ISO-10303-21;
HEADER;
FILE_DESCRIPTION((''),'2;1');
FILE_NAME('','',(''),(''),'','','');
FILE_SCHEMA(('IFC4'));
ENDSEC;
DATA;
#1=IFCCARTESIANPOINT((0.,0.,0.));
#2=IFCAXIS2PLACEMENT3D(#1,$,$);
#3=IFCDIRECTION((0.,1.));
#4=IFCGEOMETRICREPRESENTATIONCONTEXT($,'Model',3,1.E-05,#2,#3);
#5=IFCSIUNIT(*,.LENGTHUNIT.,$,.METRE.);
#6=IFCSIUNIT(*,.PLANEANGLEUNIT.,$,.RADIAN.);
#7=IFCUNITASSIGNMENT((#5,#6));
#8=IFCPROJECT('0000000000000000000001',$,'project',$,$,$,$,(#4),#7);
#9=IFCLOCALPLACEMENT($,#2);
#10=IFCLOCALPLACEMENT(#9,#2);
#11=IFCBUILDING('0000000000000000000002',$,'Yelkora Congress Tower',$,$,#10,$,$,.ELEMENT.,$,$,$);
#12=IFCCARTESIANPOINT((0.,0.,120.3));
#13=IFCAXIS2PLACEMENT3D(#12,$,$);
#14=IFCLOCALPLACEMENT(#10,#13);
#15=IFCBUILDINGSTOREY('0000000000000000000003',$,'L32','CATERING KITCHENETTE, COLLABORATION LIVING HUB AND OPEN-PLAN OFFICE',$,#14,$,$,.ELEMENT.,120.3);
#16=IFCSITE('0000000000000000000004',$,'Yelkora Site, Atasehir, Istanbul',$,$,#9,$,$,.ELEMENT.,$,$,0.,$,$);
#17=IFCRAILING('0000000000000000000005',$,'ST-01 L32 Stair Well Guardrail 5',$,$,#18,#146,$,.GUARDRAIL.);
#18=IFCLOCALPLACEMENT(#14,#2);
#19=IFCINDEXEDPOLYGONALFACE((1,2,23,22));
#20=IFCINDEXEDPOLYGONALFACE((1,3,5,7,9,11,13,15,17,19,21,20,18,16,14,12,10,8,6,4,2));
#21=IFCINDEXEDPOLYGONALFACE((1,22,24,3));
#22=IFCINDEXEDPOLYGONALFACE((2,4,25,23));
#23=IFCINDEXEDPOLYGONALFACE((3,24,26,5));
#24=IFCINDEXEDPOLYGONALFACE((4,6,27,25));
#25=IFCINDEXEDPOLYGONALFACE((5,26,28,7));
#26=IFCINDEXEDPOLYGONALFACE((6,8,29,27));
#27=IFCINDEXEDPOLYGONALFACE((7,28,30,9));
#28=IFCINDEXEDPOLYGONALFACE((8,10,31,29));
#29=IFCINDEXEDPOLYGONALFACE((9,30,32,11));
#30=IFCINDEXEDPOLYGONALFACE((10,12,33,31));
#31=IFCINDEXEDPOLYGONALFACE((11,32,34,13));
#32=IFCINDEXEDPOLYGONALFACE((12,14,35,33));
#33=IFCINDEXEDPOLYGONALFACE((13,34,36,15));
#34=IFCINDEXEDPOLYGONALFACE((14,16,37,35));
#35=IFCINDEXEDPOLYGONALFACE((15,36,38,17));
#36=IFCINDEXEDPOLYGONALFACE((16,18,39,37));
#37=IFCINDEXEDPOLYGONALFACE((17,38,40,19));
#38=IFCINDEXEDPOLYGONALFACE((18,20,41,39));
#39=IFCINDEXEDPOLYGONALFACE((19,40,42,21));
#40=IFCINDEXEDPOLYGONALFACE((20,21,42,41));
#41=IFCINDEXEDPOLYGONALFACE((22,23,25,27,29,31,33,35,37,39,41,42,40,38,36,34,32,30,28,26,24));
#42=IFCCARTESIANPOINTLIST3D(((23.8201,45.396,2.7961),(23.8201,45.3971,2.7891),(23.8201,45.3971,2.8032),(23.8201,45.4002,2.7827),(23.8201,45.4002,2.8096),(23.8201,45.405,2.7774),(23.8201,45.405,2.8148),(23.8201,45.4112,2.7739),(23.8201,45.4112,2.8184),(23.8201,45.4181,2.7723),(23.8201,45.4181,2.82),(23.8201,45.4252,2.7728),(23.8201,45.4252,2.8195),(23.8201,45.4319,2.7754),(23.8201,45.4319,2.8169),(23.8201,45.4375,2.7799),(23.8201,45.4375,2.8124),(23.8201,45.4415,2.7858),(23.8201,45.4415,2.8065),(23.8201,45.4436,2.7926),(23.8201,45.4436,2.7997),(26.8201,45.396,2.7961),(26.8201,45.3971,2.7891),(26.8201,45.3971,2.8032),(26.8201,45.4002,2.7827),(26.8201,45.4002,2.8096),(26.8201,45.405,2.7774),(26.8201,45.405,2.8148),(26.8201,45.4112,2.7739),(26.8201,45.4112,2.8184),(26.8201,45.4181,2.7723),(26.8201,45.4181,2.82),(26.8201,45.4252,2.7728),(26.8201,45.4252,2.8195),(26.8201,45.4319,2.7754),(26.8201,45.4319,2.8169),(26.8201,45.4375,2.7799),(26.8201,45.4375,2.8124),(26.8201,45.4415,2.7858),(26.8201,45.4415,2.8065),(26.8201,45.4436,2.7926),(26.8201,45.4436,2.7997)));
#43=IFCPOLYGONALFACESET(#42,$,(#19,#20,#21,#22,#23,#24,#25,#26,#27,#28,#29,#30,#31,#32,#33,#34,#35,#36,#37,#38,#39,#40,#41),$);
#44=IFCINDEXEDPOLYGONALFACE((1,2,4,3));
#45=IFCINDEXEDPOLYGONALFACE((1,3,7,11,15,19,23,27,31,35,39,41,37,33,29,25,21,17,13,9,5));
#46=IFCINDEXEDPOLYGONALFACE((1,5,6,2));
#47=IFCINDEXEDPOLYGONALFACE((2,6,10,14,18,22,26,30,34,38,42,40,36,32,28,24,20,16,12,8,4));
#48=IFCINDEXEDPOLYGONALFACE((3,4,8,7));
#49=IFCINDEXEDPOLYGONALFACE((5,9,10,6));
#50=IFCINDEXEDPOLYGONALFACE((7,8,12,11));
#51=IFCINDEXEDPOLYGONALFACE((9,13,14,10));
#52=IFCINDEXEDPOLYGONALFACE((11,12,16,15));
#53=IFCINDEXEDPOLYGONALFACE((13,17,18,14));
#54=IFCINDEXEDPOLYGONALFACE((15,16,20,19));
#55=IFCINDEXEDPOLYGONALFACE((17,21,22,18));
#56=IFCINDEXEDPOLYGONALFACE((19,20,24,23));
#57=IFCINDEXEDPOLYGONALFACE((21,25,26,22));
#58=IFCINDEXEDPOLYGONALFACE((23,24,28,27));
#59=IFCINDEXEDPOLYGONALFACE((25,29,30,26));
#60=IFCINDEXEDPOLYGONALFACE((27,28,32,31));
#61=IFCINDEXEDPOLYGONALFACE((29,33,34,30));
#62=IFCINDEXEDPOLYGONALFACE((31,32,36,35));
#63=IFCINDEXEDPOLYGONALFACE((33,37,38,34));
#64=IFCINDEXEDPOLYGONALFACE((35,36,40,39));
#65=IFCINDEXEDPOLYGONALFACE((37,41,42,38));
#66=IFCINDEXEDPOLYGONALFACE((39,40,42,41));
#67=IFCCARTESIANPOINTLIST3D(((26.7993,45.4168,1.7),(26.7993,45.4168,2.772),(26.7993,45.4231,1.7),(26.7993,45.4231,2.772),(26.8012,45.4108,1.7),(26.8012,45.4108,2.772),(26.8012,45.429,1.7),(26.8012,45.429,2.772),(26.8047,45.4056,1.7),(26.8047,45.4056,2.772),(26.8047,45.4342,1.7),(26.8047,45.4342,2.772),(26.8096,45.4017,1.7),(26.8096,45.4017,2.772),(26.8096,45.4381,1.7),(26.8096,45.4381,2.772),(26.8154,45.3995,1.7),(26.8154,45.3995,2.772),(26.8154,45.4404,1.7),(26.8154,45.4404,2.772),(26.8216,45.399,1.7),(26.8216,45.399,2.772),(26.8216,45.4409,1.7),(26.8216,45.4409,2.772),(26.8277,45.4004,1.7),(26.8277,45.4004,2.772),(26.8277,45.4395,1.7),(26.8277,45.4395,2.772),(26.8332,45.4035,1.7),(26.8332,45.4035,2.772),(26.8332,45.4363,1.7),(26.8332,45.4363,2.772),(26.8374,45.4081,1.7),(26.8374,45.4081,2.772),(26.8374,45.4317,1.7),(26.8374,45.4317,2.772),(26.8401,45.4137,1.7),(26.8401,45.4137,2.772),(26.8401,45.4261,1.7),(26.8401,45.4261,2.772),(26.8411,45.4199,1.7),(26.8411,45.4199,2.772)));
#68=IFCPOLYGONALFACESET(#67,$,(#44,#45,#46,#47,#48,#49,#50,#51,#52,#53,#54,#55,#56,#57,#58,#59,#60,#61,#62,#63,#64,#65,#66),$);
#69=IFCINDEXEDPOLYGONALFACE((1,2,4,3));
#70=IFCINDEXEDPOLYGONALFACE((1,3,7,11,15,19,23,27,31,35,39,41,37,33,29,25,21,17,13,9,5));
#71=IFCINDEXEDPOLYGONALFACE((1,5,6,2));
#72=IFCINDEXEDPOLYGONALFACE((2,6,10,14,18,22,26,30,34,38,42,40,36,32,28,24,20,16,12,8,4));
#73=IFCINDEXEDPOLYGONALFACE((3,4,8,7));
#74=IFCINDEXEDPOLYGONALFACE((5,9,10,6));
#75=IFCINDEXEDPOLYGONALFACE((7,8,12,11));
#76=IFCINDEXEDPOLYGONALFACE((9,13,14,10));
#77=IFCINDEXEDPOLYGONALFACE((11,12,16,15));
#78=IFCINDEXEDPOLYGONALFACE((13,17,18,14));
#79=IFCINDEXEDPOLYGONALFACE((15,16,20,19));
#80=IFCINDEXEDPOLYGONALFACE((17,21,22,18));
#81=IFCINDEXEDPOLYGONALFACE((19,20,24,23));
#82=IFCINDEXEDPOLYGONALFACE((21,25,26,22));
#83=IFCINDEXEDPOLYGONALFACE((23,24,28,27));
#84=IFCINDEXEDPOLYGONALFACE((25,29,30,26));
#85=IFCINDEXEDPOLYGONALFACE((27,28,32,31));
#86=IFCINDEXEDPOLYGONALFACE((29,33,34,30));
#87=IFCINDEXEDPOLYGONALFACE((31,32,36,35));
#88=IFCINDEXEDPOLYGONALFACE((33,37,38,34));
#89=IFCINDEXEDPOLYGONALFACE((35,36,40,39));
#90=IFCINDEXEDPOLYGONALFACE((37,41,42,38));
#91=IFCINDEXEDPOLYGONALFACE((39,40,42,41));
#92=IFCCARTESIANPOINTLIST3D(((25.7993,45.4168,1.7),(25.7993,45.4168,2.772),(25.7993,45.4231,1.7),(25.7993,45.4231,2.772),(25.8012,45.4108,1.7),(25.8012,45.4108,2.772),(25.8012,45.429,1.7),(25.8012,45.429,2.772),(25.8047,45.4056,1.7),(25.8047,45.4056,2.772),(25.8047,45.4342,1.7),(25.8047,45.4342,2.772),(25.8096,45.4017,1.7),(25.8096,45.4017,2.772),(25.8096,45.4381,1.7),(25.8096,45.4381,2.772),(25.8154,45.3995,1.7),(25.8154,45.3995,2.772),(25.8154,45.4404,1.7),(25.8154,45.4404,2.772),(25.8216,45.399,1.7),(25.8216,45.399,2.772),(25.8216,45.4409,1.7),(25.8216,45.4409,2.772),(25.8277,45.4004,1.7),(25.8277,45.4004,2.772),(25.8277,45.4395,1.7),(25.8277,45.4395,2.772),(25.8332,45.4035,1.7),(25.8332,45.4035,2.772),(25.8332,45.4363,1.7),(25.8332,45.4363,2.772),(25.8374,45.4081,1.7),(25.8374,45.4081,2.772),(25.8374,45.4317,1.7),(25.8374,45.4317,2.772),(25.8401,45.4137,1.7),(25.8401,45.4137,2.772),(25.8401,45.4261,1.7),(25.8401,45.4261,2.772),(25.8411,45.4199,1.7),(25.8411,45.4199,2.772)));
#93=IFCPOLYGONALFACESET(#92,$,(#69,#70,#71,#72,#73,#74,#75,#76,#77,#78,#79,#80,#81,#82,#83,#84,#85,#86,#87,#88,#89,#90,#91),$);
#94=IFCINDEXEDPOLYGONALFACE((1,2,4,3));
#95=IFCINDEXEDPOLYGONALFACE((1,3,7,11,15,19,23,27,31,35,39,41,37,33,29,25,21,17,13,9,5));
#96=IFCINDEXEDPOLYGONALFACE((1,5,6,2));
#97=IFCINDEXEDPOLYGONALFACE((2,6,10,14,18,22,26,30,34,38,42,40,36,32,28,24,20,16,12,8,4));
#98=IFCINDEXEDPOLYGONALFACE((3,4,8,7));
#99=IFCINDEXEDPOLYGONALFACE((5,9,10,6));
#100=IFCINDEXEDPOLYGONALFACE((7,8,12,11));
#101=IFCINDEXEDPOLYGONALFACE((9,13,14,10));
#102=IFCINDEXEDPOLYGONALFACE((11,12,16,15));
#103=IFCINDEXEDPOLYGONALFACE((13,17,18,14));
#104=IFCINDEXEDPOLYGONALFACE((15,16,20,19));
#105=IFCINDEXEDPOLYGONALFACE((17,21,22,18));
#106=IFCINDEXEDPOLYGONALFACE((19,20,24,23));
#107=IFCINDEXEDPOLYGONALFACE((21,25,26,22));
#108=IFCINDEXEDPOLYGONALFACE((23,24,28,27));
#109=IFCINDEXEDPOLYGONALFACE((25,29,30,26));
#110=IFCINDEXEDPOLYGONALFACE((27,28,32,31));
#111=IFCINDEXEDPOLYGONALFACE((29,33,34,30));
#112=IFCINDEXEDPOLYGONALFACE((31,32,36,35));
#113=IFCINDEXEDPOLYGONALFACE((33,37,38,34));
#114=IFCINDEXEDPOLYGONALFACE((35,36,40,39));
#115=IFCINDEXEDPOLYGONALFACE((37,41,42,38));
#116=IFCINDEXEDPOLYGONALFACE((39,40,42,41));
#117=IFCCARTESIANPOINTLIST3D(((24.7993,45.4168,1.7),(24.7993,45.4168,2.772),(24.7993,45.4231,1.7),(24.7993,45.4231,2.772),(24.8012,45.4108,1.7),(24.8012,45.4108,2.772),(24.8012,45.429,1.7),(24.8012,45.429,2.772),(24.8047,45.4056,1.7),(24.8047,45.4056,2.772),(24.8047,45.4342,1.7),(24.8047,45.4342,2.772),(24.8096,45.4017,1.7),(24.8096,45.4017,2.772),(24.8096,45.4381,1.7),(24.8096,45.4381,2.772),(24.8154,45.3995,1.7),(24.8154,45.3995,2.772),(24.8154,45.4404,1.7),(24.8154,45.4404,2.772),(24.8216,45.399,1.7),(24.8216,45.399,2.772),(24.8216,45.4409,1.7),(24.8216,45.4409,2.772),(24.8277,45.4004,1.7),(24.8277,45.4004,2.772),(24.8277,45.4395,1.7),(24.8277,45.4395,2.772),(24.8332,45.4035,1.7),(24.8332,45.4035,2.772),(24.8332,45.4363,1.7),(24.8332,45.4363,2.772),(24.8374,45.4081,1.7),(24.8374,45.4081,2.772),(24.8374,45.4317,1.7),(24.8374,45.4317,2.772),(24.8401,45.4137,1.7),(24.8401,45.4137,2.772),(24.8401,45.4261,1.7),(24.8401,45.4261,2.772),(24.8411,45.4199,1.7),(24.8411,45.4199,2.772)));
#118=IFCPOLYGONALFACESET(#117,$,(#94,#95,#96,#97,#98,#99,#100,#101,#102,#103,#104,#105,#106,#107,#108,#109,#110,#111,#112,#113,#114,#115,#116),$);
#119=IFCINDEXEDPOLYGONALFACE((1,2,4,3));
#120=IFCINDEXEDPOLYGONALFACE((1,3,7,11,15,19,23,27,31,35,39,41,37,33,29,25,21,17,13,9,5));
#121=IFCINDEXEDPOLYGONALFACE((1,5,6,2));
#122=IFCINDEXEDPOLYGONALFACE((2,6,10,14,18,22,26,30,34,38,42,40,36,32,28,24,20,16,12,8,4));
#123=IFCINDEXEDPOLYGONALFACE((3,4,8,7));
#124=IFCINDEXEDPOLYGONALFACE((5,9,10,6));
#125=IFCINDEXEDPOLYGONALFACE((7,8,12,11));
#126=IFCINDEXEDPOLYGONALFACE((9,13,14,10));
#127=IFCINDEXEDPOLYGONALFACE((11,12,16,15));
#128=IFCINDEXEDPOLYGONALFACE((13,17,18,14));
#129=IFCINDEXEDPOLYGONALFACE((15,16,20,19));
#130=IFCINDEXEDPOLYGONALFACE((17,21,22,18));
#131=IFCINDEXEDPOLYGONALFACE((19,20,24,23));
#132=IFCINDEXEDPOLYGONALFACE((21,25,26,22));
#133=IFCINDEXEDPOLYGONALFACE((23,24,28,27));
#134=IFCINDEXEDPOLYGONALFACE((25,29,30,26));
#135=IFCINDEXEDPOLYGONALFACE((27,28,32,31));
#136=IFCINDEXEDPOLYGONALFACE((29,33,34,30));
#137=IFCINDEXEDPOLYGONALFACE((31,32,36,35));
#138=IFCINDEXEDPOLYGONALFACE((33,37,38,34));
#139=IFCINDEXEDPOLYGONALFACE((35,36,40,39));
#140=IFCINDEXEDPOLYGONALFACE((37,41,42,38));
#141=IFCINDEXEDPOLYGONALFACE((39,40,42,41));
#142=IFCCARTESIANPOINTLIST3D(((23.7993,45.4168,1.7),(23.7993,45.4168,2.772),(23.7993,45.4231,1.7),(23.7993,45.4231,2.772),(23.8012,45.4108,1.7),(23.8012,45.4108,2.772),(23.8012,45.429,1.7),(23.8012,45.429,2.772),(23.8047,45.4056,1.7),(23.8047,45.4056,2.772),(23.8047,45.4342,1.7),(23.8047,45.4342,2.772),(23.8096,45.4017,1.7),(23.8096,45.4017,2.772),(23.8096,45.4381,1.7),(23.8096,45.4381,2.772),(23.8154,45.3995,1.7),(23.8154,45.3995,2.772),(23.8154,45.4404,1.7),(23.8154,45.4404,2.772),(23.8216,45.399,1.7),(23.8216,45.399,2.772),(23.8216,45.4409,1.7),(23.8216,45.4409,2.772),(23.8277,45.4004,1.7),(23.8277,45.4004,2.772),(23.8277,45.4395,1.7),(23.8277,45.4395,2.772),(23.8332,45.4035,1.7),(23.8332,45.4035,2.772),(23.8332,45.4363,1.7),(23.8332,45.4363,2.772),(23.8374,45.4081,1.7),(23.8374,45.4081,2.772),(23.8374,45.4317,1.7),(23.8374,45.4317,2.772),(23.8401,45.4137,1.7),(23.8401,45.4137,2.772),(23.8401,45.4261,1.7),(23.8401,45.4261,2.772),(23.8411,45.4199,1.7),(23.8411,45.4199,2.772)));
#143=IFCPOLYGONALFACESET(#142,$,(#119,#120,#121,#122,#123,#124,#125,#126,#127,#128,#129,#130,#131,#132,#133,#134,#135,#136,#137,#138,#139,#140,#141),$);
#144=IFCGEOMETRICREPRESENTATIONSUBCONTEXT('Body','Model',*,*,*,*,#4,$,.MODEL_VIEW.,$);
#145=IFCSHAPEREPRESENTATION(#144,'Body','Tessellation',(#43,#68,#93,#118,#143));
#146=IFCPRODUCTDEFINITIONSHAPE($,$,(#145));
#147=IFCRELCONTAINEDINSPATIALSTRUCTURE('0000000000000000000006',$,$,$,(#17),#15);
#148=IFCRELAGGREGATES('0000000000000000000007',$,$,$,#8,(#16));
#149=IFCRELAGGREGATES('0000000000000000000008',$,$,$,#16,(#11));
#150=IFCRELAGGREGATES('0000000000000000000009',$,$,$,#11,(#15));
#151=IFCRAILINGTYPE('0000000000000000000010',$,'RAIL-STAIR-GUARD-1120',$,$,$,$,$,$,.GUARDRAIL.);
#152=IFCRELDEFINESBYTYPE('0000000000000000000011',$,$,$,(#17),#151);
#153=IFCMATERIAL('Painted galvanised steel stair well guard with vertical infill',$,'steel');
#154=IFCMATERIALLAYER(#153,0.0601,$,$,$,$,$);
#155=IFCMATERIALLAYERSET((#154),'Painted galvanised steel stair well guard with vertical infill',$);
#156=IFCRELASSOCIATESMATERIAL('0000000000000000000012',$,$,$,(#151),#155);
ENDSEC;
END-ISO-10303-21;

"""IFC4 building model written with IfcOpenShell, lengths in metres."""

from ifc_helpers import new_model, si_unit, direction, frame, origin, origin_2d, place, context, subcontext, project, spatial, circle, extrude, material, layer, layer_set, type_object, element, save


model = new_model("IFC4")

# Units and contexts
model_context = context("Model", 3, precision=1e-05, world=origin(), true_north=direction((0.0, 1.0)))
body_context = subcontext(model_context, "Body", "Model", "MODEL_VIEW")
ifc_project = project(units=[si_unit("LENGTHUNIT", "METRE"), si_unit("PLANEANGLEUNIT", "RADIAN")], contexts=[model_context])

# Site, building, storey
site_placement = place(None, origin())
site = spatial("IfcSite", under=ifc_project, at=site_placement, Name="Yelkora Site, Atasehir, Istanbul", CompositionType="ELEMENT", RefElevation=0.0)
building_placement = place(site_placement, origin())
building = spatial("IfcBuilding", under=site, at=building_placement, Name="Yelkora Congress Tower", CompositionType="ELEMENT")
storey_placement = place(building_placement, frame((0.0, 0.0, 120.3)))
storey = spatial("IfcBuildingStorey", under=building, at=storey_placement, Name="L32", Description="CATERING KITCHENETTE, COLLABORATION LIVING HUB AND OPEN-PLAN OFFICE", CompositionType="ELEMENT", Elevation=120.3)

# Railing
ifc_material_1 = material(Name="Painted galvanised steel stair well guard with vertical infill", Category="steel")
ifc_layer_1 = layer(ifc_material_1, 0.0601)
ifc_layer_set_1 = layer_set([ifc_layer_1], Name="Painted galvanised steel stair well guard with vertical infill")
railing_type_1 = type_object("IfcRailingType", Name="RAIL-STAIR-GUARD-1120", PredefinedType="GUARDRAIL", material=ifc_layer_set_1)
railing_1_placement = place(storey_placement, frame((26.8201, 45.4199, 1.7)))
element("IfcRailing", 1, at=railing_1_placement, inside=storey, type_object=railing_type_1, Name="ST-01 L32 Stair Well Guardrail 5", PredefinedType="GUARDRAIL", context=body_context, shape_type="SweptSolid", body=[
    extrude(circle(Radius=0.0239, at=origin_2d()), frame((0.0, 0.0, 1.0962), z_axis=(-1.0, 0.0, 0.0), x_axis=(0.0, -1.0, 0.0)), (0.0, 0.0, 1.0), 3.0),
    extrude(circle(Radius=0.021, at=origin_2d()), origin(), (0.0, 0.0, 1.0), 1.072),
    extrude(circle(Radius=0.021, at=origin_2d()), frame((-1.0, 0.0, 0.0)), (0.0, 0.0, 1.0), 1.072),
    extrude(circle(Radius=0.021, at=origin_2d()), frame((-2.0, 0.0, 0.0)), (0.0, 0.0, 1.0), 1.072),
    extrude(circle(Radius=0.021, at=origin_2d()), frame((-3.0, 0.0, 0.0)), (0.0, 0.0, 1.0), 1.072),
])

save(model, "model.ifc")
